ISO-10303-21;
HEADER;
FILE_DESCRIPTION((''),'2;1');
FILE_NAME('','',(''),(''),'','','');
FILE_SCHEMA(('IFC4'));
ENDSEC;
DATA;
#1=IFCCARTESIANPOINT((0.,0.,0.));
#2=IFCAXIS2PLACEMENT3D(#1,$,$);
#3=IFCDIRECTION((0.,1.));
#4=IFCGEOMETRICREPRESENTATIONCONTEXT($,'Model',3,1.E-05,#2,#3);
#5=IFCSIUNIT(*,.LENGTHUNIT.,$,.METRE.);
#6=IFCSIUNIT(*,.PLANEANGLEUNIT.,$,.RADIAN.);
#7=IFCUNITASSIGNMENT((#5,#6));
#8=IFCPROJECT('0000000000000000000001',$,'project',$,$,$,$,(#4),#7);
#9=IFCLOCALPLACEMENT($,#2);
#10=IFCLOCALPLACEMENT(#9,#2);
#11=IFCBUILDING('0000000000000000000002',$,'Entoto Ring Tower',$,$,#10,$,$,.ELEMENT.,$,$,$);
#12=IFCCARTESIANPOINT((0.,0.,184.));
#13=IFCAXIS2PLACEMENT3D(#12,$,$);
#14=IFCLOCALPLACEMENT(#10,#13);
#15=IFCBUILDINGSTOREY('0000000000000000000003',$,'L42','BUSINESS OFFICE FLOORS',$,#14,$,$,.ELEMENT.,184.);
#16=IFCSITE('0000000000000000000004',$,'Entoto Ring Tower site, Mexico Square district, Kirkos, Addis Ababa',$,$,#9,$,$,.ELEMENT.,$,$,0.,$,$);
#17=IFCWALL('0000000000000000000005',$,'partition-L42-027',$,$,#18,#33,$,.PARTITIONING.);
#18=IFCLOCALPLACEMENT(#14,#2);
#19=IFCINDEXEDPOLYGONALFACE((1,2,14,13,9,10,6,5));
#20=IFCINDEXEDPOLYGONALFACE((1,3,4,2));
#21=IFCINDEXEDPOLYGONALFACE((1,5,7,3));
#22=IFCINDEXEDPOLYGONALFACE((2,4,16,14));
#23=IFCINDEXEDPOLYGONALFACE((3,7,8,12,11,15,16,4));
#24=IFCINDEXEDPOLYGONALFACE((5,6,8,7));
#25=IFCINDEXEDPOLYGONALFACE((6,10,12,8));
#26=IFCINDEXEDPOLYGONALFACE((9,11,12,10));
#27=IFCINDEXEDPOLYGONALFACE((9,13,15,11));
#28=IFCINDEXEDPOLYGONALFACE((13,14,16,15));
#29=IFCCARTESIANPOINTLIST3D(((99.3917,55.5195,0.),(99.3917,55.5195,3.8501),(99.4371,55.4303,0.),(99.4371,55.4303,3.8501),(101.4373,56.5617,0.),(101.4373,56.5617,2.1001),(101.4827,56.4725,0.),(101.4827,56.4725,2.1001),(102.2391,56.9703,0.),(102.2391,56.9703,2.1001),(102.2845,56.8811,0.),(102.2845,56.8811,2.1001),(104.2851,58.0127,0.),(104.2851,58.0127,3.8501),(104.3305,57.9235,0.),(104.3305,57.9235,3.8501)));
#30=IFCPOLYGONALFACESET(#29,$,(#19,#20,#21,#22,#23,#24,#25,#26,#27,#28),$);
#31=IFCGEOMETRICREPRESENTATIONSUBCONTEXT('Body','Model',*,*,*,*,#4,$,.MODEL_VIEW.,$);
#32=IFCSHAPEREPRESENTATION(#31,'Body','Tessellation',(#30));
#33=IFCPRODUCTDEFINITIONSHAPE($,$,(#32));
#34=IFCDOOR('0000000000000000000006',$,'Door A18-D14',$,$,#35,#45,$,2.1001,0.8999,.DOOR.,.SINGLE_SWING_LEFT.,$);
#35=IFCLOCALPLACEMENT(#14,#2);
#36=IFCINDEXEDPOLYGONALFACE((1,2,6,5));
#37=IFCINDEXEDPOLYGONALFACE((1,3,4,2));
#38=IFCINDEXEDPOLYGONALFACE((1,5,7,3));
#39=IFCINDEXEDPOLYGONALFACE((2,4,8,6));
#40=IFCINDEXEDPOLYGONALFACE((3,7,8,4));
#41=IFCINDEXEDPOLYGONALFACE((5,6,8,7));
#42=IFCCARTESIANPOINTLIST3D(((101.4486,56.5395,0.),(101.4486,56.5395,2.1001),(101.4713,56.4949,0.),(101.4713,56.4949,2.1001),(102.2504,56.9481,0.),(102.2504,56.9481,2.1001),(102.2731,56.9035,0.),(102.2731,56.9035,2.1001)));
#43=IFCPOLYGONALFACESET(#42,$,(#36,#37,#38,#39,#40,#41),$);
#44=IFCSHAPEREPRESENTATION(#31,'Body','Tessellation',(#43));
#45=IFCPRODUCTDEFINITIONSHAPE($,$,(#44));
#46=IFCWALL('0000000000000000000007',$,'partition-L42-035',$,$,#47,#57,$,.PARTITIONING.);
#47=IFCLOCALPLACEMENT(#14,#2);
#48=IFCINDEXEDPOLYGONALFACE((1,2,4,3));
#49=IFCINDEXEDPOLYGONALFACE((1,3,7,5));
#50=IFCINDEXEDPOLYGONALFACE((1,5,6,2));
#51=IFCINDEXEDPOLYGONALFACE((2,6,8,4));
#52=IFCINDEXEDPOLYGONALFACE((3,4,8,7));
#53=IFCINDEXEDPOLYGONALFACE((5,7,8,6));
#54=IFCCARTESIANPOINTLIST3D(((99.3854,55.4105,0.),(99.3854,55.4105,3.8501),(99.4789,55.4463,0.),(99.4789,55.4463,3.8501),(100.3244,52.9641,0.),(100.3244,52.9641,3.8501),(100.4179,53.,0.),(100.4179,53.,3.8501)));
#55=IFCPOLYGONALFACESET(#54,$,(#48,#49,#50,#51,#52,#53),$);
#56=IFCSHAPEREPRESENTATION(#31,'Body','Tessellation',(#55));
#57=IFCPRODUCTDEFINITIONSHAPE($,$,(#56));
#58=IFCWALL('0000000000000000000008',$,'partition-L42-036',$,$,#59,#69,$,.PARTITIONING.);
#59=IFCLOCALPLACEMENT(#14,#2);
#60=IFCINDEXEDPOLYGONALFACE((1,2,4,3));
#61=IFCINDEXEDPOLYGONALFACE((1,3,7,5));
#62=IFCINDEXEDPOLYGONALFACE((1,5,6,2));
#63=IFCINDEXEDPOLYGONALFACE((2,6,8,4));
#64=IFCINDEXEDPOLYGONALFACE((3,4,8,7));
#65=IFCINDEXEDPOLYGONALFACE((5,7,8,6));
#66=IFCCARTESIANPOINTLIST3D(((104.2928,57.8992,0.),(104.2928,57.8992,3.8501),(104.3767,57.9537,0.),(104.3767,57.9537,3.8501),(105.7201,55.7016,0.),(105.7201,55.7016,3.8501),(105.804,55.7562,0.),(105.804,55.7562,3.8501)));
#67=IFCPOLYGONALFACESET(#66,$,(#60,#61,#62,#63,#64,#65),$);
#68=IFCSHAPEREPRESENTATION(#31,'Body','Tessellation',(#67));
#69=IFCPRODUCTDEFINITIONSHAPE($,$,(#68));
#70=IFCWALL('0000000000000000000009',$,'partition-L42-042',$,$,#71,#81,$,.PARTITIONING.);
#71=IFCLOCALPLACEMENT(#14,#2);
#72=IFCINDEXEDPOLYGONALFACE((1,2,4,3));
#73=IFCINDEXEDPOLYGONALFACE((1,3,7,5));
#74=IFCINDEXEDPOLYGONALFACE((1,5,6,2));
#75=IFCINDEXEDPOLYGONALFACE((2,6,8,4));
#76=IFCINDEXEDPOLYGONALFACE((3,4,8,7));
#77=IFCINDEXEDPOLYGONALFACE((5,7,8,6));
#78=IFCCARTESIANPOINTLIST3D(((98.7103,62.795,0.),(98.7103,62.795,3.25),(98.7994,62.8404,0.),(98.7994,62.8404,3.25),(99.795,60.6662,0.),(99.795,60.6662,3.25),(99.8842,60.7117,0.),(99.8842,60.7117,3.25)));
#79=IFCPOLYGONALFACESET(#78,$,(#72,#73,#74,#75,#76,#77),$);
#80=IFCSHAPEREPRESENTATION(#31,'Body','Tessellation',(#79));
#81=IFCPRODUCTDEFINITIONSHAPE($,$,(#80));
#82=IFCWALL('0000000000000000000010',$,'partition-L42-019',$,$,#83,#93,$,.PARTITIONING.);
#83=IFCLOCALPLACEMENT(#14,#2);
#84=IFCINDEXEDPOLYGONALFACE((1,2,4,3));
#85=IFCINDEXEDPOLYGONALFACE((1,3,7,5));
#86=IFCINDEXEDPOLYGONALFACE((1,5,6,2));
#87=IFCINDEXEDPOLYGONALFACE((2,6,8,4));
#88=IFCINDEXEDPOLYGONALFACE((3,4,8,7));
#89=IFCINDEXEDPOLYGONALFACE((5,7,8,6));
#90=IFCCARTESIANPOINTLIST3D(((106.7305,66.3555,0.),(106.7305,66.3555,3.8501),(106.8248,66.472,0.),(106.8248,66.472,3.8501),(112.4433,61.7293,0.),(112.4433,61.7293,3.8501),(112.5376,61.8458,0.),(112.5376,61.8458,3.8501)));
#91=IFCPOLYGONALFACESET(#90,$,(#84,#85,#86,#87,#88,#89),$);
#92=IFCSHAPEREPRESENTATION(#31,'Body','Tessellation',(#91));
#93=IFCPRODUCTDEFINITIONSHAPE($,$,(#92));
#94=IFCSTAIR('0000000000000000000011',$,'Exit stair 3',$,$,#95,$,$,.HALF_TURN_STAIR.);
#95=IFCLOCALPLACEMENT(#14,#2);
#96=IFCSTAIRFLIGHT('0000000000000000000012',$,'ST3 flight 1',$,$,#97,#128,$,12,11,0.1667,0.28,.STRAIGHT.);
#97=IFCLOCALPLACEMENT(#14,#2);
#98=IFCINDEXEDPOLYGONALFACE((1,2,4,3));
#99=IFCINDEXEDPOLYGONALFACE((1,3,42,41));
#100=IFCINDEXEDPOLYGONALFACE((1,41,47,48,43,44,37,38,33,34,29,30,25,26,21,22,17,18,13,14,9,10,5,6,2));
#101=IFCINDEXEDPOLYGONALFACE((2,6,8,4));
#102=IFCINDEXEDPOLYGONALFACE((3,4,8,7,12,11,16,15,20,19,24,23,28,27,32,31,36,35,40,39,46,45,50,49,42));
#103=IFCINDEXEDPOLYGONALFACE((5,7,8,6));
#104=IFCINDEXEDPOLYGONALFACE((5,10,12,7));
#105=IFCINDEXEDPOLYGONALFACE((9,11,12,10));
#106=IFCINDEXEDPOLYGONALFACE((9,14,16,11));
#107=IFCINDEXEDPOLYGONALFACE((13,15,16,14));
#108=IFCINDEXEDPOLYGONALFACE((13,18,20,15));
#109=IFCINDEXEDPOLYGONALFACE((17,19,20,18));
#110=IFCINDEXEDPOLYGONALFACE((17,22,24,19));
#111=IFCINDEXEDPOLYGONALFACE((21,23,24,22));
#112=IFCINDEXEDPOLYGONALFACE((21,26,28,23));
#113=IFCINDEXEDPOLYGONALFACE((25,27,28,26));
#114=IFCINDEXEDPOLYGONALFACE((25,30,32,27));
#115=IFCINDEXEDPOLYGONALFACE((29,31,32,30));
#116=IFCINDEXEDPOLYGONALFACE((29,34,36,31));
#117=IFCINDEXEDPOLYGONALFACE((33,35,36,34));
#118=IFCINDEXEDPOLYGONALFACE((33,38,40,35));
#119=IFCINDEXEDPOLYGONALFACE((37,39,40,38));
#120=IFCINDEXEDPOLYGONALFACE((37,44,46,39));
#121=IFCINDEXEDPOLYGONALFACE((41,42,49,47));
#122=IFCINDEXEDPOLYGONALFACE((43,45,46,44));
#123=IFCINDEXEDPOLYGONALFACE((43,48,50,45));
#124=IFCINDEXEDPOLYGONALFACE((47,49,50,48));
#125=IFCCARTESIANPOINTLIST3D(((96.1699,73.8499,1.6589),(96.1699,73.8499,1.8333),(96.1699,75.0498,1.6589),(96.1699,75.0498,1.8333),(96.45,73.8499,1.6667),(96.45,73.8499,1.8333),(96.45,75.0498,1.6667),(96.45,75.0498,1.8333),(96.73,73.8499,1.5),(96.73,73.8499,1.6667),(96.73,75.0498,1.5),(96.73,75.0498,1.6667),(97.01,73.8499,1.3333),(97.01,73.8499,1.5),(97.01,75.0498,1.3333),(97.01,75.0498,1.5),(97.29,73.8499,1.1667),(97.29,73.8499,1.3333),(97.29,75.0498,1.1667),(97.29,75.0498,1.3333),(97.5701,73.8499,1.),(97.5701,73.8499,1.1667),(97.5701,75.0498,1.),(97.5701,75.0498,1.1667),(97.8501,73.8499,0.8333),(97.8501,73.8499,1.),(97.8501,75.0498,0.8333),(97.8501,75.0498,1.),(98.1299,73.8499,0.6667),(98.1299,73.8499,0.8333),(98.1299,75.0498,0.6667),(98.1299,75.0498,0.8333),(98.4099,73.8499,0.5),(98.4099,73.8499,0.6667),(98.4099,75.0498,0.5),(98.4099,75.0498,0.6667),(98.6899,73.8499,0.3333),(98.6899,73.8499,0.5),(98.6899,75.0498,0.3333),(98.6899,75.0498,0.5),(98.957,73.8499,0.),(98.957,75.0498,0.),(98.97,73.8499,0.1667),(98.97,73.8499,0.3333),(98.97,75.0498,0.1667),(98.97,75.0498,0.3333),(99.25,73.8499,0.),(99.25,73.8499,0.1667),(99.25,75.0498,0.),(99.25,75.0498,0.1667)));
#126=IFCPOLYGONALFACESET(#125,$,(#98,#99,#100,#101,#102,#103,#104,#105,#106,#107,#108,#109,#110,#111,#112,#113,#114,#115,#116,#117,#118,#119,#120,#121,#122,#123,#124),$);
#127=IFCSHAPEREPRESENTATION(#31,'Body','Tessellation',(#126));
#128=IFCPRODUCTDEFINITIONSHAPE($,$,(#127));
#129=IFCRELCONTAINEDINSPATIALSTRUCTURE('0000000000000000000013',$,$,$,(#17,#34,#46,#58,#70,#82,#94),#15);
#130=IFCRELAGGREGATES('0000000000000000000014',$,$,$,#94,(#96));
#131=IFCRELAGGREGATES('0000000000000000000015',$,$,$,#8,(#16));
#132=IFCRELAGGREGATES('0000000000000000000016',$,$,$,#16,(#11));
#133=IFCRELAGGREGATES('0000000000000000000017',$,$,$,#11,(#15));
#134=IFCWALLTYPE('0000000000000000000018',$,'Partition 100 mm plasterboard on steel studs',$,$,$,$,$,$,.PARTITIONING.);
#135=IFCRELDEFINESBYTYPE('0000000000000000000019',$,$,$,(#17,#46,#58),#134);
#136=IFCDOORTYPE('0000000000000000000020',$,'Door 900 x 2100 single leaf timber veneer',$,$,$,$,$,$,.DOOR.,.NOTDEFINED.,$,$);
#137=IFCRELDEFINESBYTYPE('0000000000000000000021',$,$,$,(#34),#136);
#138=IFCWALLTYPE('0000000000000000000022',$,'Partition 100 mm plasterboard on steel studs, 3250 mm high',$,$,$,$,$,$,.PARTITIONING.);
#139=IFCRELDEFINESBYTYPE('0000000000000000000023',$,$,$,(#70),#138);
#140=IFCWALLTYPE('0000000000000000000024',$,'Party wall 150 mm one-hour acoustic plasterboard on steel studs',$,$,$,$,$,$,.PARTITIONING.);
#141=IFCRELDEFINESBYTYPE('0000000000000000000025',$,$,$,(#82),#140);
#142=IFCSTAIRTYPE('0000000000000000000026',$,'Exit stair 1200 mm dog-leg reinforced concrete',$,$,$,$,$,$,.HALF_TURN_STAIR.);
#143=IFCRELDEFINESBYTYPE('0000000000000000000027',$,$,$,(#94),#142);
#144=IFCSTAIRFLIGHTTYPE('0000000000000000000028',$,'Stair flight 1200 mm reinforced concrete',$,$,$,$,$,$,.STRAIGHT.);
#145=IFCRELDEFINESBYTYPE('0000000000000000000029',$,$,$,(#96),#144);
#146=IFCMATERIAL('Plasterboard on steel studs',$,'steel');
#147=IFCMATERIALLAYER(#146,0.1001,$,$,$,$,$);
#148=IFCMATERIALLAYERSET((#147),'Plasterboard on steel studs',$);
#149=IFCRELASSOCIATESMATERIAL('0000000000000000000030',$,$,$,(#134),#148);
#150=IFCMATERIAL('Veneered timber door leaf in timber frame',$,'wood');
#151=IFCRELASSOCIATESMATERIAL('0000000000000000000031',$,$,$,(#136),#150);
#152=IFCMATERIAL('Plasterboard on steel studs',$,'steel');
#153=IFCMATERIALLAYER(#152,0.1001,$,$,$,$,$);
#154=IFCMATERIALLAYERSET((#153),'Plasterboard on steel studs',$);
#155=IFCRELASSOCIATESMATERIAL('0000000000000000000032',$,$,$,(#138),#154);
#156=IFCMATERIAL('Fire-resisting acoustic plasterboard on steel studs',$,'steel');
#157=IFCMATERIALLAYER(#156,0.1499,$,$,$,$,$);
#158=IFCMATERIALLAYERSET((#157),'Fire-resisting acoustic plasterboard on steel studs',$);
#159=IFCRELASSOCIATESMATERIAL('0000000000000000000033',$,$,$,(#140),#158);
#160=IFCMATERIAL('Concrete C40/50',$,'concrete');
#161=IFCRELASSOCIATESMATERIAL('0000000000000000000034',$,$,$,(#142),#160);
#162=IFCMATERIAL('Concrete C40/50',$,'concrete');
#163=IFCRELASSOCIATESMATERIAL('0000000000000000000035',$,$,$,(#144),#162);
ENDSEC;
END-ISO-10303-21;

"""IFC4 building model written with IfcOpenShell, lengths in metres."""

from ifc_helpers import new_model, si_unit, direction, frame, frame_2d, origin, place, context, subcontext, project, spatial, polyline, rectangle, outline, extrude, material, layer, layer_set, type_object, element, fill, aggregate, save


model = new_model("IFC4")

# Units and contexts
model_context = context("Model", 3, precision=1e-05, world=origin(), true_north=direction((0.0, 1.0)))
body_context = subcontext(model_context, "Body", "Model", "MODEL_VIEW")
ifc_project = project(units=[si_unit("LENGTHUNIT", "METRE"), si_unit("PLANEANGLEUNIT", "RADIAN")], contexts=[model_context])

# Site, building, storey
site_placement = place(None, origin())
site = spatial("IfcSite", under=ifc_project, at=site_placement, Name="Entoto Ring Tower site, Mexico Square district, Kirkos, Addis Ababa", CompositionType="ELEMENT", RefElevation=0.0)
building_placement = place(site_placement, origin())
building = spatial("IfcBuilding", under=site, at=building_placement, Name="Entoto Ring Tower", CompositionType="ELEMENT")
storey_placement = place(building_placement, frame((0.0, 0.0, 184.0)))
storey = spatial("IfcBuildingStorey", under=building, at=storey_placement, Name="L42", Description="BUSINESS OFFICE FLOORS", CompositionType="ELEMENT", Elevation=184.0)

# Wall, opening, door
ifc_material_1 = material(Name="Plasterboard on steel studs", Category="steel")
ifc_layer_1 = layer(ifc_material_1, 0.1001)
ifc_layer_set_1 = layer_set([ifc_layer_1], Name="Plasterboard on steel studs")
wall_type_1 = type_object("IfcWallType", Name="Partition 100 mm plasterboard on steel studs", PredefinedType="PARTITIONING", material=ifc_layer_set_1)
wall_1_placement = place(storey_placement, frame((99.4143, 55.4749, 0.0), z_axis=(0.0, 0.0, 1.0), x_axis=(0.891014, 0.453976, 0.0)))
wall_1 = element("IfcWall", 1, at=wall_1_placement, inside=storey, type_object=wall_type_1, Name="partition-L42-027", PredefinedType="PARTITIONING", context=body_context, shape_type="SweptSolid", body=[
    extrude(rectangle(XDim=5.4919, YDim=0.1001, at=frame_2d((2.7461, 0.0))), origin(), (0.0, 0.0, 1.0), 3.8501),
])
opening_1_placement = place(wall_1_placement, frame((2.2959, 0.0, 0.0)))
opening_1 = element("IfcOpeningElement", 2, at=opening_1_placement, cuts=wall_1, PredefinedType="OPENING", context=body_context, shape_type="SweptSolid", body=[
    extrude(rectangle(XDim=0.8999, YDim=2.1001, at=frame_2d((0.45, 1.05))), frame((0.0, 0.0601, 0.0), z_axis=(0.0, -1.0, 0.0), x_axis=(1.0, 0.0, 0.0)), (0.0, 0.0, 1.0), 0.1201),
])
ifc_material_2 = material(Name="Veneered timber door leaf in timber frame", Category="wood")
door_type_1 = type_object("IfcDoorType", Name="Door 900 x 2100 single leaf timber veneer", OperationType="NOTDEFINED", PredefinedType="DOOR", material=ifc_material_2)
door_1_placement = place(opening_1_placement, frame((0.8999, 0.0, 0.0), z_axis=(0.0, 0.0, 1.0), x_axis=(-1.0, 0.0, 0.0)))
door_1 = element("IfcDoor", 3, at=door_1_placement, inside=storey, type_object=door_type_1, Name="Door A18-D14", OperationType="SINGLE_SWING_LEFT", OverallHeight=2.1001, OverallWidth=0.8999, PredefinedType="DOOR", context=body_context, shape_type="SweptSolid", body=[
    extrude(rectangle(XDim=0.8999, YDim=2.1001, at=frame_2d((0.45, 1.05))), frame((0.0, 0.0249, 0.0), z_axis=(0.0, -1.0, 0.0), x_axis=(1.0, 0.0, 0.0)), (0.0, 0.0, 1.0), 0.05),
])
fill(opening_1, door_1)

# Walls
for number, where, z_axis, x_axis, name in (
    (4, (100.3711, 52.9822, 0.0), (0.0, 0.0, 1.0), (-0.358342, 0.93359, 0.0), "partition-L42-035"),
    (5, (105.762, 55.729, 0.0), (0.0, 0.0, 1.0), (-0.544684, 0.838642, 0.0), "partition-L42-036"),
):
    element("IfcWall", number, at=place(storey_placement, frame(where, z_axis=z_axis, x_axis=x_axis)), inside=storey, type_object=wall_type_1, Name=name, PredefinedType="PARTITIONING", context=body_context, shape_type="SweptSolid", body=[
        extrude(rectangle(XDim=2.6204, YDim=0.1001, at=frame_2d((1.3101, 0.0))), origin(), (0.0, 0.0, 1.0), 3.8501),
    ])
ifc_material_3 = material(Name="Plasterboard on steel studs", Category="steel")
ifc_layer_2 = layer(ifc_material_3, 0.1001)
ifc_layer_set_2 = layer_set([ifc_layer_2], Name="Plasterboard on steel studs")
wall_type_2 = type_object("IfcWallType", Name="Partition 100 mm plasterboard on steel studs, 3250 mm high", PredefinedType="PARTITIONING", material=ifc_layer_set_2)
wall_2_placement = place(storey_placement, frame((99.8396, 60.689, 0.0), z_axis=(0.0, 0.0, 1.0), x_axis=(-0.454027, 0.890988, 0.0)))
element("IfcWall", 6, at=wall_2_placement, inside=storey, type_object=wall_type_2, Name="partition-L42-042", PredefinedType="PARTITIONING", context=body_context, shape_type="SweptSolid", body=[
    extrude(rectangle(XDim=2.3892, YDim=0.1001, at=frame_2d((1.1946, 0.0))), origin(), (0.0, 0.0, 1.0), 3.25),
])
ifc_material_4 = material(Name="Fire-resisting acoustic plasterboard on steel studs", Category="steel")
ifc_layer_3 = layer(ifc_material_4, 0.1499)
ifc_layer_set_3 = layer_set([ifc_layer_3], Name="Fire-resisting acoustic plasterboard on steel studs")
wall_type_3 = type_object("IfcWallType", Name="Party wall 150 mm one-hour acoustic plasterboard on steel studs", PredefinedType="PARTITIONING", material=ifc_layer_set_3)
wall_3_placement = place(storey_placement, frame((112.4905, 61.7876, 0.0), z_axis=(0.0, 0.0, 1.0), x_axis=(-0.777145, 0.629321, 0.0)))
element("IfcWall", 7, at=wall_3_placement, inside=storey, type_object=wall_type_3, Name="partition-L42-019", PredefinedType="PARTITIONING", context=body_context, shape_type="SweptSolid", body=[
    extrude(rectangle(XDim=7.3511, YDim=0.1499, at=frame_2d((3.6755, 0.0))), origin(), (0.0, 0.0, 1.0), 3.8501),
])

# Stair, stair flight
ifc_material_5 = material(Name="Concrete C40/50", Category="concrete")
stair_type = type_object("IfcStairType", Name="Exit stair 1200 mm dog-leg reinforced concrete", PredefinedType="HALF_TURN_STAIR", material=ifc_material_5)
stair_placement = place(storey_placement, origin())
stair = element("IfcStair", 8, at=stair_placement, inside=storey, type_object=stair_type, Name="Exit stair 3", PredefinedType="HALF_TURN_STAIR")
ifc_material_6 = material(Name="Concrete C40/50", Category="concrete")
stair_flight_type = type_object("IfcStairFlightType", Name="Stair flight 1200 mm reinforced concrete", PredefinedType="STRAIGHT", material=ifc_material_6)
stair_flight_placement = place(storey_placement, frame((99.25, 74.45, 0.0), z_axis=(0.0, 0.0, 1.0), x_axis=(-1.0, 0.0, 0.0)))
stair_flight = element("IfcStairFlight", 9, at=stair_flight_placement, type_object=stair_flight_type, Name="ST3 flight 1", NumberOfRisers=12, NumberOfTreads=11, PredefinedType="STRAIGHT", RiserHeight=0.1667, TreadLength=0.28, context=body_context, shape_type="SweptSolid", body=[
    extrude(outline(polyline([(0.0, 0.0), (0.0, 0.1667), (0.28, 0.1667), (0.28, 0.3333), (0.5601, 0.3333), (0.5601, 0.5), (0.8401, 0.5), (0.8401, 0.6667), (1.1201, 0.6667), (1.1201, 0.8333), (1.3999, 0.8333), (1.3999, 1.0), (1.6799, 1.0), (1.6799, 1.1667), (1.96, 1.1667), (1.96, 1.3333), (2.24, 1.3333), (2.24, 1.5), (2.52, 1.5), (2.52, 1.6667), (2.8, 1.6667), (2.8, 1.8333), (3.0801, 1.8333), (3.0801, 2.0), (3.0801, 1.6589), (0.293, 0.0), (0.0, 0.0)])), frame((0.0, 0.6001, 0.0), z_axis=(0.0, -1.0, 0.0), x_axis=(1.0, 0.0, 0.0)), (0.0, 0.0, 1.0), 1.2),
])
aggregate(stair, [stair_flight])

save(model, "model.ifc")
